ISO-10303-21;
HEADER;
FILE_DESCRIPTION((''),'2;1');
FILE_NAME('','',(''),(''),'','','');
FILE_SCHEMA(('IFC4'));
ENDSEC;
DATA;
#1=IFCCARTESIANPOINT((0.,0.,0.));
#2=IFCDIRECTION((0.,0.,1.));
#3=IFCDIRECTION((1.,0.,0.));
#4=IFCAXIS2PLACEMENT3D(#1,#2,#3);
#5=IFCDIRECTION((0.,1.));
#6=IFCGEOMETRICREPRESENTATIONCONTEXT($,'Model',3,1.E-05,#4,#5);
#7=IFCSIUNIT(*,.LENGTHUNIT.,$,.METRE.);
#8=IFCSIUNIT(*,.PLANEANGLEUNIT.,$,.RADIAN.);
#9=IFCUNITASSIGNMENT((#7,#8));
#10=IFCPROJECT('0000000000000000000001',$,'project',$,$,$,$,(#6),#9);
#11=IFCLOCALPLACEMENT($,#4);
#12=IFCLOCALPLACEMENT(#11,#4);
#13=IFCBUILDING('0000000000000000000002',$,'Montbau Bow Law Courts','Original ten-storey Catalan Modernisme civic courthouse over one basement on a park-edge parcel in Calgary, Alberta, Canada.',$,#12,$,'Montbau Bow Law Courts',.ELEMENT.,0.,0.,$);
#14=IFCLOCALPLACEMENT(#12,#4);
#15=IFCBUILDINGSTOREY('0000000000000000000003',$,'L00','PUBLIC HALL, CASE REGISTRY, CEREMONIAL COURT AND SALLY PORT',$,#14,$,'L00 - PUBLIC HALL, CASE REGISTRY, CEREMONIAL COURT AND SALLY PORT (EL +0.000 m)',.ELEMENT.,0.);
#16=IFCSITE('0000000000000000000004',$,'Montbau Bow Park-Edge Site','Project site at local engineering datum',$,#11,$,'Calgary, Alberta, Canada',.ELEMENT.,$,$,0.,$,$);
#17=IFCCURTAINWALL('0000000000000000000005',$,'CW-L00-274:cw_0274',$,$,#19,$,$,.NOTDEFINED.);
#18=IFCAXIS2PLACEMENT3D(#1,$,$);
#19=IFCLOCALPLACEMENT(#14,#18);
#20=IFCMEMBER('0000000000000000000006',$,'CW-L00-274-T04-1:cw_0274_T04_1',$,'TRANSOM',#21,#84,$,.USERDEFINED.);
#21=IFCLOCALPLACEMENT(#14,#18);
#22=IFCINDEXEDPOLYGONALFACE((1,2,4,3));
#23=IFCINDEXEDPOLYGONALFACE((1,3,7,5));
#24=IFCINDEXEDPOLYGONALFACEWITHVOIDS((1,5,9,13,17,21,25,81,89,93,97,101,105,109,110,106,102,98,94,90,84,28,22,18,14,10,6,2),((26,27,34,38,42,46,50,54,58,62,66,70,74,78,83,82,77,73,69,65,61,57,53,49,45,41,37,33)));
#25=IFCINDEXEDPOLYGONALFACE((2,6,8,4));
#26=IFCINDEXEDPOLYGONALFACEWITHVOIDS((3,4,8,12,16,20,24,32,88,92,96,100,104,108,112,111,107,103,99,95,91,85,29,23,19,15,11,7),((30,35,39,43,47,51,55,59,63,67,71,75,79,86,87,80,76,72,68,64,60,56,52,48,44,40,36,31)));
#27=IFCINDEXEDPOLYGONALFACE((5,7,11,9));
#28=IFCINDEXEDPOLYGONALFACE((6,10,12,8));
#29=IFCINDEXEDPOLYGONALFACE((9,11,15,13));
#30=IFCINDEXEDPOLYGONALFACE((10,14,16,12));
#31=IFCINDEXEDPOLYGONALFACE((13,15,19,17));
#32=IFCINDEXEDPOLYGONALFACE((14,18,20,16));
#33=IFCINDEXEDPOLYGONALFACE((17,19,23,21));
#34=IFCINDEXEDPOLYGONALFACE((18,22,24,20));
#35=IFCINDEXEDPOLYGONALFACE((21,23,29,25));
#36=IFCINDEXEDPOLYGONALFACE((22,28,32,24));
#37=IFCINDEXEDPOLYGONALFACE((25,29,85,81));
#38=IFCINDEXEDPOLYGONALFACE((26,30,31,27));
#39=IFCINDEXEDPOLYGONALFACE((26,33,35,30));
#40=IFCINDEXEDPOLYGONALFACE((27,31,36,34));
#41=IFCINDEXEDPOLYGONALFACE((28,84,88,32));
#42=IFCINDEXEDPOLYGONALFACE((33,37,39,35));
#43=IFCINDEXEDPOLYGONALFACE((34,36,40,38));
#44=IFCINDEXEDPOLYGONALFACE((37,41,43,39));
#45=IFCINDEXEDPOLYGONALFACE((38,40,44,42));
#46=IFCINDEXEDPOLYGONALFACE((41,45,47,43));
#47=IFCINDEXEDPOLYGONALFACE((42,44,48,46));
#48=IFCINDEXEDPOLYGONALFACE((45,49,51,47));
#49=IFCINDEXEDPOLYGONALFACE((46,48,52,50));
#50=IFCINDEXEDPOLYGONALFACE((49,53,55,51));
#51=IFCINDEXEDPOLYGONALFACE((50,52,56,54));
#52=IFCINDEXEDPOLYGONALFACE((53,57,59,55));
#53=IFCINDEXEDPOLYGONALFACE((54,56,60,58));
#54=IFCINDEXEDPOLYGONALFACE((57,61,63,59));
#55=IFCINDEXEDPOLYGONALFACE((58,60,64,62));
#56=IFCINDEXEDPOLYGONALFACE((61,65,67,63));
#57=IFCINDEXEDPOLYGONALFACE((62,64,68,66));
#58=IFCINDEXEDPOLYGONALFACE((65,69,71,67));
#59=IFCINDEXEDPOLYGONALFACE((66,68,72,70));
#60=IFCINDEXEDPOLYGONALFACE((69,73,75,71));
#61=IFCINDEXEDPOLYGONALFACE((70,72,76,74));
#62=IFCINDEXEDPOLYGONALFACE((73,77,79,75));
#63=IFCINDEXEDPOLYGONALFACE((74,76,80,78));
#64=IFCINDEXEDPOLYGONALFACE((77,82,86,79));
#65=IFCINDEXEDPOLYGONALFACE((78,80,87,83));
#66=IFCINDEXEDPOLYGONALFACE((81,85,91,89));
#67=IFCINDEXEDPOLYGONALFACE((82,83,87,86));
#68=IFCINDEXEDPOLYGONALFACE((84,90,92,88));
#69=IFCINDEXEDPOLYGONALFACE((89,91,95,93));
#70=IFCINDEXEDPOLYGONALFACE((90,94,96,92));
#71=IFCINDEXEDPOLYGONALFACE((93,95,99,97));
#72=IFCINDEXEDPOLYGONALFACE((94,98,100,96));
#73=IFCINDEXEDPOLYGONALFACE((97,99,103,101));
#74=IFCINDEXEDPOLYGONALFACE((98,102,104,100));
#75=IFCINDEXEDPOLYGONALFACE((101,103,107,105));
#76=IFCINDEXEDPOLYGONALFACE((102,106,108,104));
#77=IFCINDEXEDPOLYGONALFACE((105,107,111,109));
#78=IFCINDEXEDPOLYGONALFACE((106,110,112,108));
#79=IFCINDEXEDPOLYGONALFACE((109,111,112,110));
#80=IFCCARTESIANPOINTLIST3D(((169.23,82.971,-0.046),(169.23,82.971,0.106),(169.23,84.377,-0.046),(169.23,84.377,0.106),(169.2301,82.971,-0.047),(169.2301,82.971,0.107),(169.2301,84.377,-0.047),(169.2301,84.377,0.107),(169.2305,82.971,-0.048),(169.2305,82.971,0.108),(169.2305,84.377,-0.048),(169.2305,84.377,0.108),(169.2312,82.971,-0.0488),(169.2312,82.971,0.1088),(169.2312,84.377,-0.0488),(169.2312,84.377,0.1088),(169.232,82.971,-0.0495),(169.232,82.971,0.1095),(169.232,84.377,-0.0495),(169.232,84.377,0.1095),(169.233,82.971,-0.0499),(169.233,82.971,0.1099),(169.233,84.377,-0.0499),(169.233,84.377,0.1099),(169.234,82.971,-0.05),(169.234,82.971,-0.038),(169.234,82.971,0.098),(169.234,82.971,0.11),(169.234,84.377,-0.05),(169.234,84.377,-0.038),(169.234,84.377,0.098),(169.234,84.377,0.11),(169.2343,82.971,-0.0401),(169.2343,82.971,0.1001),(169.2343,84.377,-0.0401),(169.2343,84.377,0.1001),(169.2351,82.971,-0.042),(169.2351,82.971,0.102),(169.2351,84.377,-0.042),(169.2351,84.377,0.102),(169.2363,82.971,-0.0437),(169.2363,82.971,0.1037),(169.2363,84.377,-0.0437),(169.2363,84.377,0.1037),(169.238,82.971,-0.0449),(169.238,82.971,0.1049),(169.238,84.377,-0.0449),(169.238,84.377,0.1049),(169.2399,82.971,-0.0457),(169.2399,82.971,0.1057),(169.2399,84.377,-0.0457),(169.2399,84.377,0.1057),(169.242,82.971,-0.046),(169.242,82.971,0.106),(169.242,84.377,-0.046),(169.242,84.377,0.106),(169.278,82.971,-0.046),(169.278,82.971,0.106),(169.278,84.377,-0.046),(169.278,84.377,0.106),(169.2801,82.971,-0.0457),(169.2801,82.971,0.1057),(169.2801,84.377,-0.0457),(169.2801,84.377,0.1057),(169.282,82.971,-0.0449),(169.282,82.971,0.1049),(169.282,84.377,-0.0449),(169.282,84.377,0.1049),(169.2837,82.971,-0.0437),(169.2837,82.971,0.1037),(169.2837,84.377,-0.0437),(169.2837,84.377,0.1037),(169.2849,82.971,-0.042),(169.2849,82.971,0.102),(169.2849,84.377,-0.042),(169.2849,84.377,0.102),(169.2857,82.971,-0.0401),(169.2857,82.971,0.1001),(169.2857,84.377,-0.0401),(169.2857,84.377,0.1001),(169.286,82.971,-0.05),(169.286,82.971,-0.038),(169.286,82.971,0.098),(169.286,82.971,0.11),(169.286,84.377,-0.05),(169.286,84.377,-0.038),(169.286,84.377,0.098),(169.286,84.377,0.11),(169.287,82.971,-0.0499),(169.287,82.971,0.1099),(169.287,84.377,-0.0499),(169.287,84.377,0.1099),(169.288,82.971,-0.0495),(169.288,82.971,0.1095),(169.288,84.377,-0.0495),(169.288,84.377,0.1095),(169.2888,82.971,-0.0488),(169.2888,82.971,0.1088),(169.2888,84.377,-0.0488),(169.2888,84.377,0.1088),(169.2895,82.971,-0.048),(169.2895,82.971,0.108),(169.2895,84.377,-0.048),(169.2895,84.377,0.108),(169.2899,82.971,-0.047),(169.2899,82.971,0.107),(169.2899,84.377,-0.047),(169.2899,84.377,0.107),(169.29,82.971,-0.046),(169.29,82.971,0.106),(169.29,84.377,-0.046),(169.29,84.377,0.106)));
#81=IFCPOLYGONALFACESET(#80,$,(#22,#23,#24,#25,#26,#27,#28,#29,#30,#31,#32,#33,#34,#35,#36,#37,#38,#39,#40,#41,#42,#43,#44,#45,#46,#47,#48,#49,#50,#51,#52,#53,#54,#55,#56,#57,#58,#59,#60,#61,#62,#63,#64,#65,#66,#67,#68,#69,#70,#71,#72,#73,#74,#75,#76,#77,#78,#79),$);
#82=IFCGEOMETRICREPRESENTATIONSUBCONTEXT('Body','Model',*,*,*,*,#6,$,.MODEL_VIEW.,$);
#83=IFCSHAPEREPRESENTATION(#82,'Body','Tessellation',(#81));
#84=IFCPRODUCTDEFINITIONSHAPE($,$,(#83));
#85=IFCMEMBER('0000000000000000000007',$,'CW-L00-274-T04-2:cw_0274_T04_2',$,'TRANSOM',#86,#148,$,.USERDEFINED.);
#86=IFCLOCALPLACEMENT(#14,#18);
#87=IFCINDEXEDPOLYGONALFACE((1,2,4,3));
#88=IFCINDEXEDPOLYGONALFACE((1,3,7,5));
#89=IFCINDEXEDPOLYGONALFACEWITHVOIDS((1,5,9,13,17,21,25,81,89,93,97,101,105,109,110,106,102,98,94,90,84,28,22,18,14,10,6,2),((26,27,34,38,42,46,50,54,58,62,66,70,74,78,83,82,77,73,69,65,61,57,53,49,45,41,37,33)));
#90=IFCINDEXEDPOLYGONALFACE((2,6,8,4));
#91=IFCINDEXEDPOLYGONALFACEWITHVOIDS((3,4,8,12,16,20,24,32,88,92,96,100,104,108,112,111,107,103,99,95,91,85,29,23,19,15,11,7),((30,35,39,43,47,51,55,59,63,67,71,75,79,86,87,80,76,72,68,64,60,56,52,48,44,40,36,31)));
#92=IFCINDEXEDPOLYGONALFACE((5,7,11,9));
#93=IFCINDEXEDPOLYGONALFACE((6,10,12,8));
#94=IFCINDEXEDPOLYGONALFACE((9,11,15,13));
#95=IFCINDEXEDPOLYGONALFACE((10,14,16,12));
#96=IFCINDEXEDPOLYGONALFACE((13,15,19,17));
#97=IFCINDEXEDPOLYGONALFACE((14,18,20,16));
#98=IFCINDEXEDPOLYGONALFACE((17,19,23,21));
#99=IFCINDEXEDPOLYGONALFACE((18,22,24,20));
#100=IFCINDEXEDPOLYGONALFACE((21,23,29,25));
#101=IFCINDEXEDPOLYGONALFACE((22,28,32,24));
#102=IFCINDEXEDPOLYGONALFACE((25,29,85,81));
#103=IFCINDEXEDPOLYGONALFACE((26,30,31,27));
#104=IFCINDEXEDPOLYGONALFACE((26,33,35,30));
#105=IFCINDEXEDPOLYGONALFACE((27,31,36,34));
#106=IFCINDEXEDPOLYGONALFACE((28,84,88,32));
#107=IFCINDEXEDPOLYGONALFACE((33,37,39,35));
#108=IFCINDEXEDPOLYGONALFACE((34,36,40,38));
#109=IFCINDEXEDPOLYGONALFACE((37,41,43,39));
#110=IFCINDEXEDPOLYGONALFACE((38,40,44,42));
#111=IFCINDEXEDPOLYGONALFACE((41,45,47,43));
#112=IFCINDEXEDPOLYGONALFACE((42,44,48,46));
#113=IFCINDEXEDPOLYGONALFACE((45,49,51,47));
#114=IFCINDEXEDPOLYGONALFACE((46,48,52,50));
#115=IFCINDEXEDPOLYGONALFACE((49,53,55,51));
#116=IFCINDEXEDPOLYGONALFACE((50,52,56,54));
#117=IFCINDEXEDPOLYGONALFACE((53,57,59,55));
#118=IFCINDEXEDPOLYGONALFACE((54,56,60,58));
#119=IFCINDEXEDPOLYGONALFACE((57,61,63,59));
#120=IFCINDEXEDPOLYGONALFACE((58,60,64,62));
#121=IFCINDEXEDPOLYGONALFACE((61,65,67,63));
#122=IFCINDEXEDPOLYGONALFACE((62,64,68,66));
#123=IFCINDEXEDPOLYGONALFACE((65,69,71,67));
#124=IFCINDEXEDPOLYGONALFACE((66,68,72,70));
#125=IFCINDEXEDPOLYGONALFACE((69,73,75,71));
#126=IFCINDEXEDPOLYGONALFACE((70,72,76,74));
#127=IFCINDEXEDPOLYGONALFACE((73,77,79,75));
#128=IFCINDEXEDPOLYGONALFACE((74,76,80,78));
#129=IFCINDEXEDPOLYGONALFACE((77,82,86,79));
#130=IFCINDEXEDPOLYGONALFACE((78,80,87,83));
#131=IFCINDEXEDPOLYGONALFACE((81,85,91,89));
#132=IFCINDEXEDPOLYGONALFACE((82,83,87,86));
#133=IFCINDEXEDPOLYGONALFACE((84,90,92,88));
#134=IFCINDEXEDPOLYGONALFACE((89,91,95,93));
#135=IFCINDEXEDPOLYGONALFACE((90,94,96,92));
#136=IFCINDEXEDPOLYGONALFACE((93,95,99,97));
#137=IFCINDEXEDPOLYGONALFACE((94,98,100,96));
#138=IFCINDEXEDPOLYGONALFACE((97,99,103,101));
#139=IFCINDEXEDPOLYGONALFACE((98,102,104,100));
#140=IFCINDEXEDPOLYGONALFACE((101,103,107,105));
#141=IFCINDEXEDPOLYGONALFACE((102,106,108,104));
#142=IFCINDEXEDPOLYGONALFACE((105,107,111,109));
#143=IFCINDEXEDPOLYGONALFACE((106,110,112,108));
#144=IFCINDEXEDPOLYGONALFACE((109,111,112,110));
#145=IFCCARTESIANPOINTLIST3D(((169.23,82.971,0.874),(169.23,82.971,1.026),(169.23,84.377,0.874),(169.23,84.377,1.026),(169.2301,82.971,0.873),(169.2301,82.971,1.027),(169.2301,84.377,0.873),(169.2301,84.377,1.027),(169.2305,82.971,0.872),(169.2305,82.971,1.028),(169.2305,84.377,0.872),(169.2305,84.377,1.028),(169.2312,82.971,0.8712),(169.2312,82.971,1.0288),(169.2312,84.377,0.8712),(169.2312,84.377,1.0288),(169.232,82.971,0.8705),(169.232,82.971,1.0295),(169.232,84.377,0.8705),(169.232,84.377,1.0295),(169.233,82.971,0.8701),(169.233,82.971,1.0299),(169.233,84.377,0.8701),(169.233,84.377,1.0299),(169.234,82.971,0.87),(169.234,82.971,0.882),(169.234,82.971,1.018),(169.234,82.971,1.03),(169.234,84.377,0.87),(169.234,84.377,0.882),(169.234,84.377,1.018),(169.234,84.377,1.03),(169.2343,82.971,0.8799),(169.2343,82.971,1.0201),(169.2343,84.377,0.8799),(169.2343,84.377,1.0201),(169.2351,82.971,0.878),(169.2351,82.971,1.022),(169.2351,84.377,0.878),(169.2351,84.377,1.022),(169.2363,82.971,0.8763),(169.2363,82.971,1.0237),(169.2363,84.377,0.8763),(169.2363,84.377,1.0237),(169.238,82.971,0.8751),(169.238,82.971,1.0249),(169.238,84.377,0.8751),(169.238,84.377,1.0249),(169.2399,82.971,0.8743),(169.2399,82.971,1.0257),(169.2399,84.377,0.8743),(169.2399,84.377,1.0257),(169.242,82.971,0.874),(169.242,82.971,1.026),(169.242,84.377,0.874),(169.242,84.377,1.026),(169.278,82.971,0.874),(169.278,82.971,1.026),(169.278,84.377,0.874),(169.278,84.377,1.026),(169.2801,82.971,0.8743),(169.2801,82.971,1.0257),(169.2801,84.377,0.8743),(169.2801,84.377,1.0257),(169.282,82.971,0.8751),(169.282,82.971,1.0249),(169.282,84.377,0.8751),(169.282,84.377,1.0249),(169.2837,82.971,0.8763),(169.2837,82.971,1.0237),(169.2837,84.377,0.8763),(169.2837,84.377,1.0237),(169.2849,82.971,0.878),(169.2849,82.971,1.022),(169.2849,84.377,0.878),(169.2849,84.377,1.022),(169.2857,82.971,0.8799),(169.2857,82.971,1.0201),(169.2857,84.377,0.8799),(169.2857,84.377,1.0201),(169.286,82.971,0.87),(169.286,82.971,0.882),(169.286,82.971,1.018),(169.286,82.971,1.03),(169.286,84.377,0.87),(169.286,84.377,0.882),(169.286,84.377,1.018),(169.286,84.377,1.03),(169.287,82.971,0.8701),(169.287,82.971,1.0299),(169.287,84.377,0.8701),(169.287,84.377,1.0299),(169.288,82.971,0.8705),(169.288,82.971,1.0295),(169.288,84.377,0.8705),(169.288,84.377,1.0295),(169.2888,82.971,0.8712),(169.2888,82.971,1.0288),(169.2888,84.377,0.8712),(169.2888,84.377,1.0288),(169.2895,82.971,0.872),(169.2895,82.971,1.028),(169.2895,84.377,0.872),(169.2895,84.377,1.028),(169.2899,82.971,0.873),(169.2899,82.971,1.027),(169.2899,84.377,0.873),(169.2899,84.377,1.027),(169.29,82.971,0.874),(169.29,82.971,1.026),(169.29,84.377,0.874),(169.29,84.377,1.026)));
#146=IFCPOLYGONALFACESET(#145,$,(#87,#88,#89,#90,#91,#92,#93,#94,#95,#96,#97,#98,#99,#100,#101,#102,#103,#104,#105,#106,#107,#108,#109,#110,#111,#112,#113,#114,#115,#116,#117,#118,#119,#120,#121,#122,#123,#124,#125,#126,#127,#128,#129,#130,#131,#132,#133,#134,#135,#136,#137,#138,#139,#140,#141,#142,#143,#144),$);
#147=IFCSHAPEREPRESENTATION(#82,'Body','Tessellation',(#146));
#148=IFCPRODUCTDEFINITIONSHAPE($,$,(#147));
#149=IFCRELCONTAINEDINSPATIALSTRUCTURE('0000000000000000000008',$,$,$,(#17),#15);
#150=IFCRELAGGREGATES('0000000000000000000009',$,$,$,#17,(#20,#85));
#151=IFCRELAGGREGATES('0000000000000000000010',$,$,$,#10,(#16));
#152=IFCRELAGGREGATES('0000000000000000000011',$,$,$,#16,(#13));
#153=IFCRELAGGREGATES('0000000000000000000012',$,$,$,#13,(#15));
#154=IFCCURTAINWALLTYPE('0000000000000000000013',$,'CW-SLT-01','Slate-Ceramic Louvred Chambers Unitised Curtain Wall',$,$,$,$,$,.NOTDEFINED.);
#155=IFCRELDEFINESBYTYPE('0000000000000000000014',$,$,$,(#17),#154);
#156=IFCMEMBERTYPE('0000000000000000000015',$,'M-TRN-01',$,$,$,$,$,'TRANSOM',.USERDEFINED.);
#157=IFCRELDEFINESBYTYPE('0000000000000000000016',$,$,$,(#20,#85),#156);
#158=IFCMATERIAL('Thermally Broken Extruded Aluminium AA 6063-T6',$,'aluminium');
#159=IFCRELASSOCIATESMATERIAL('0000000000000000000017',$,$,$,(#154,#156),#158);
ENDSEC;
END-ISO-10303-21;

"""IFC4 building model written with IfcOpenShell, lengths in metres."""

from ifc_helpers import new_model, si_unit, direction, frame, origin_with_axes, origin_2d_with_axis, place, context, subcontext, project, spatial, hollow_rectangle, extrude, material, material_profile, profile_set, type_object, element, aggregate, save


model = new_model("IFC4")

# Units and contexts
model_context = context("Model", 3, precision=1e-05, world=origin_with_axes(), true_north=direction((0.0, 1.0)))
body_context = subcontext(model_context, "Body", "Model", "MODEL_VIEW")
ifc_project = project(units=[si_unit("LENGTHUNIT", "METRE"), si_unit("PLANEANGLEUNIT", "RADIAN")], contexts=[model_context])

# Site, building, storey
site_placement = place(None, origin_with_axes())
site = spatial("IfcSite", under=ifc_project, at=site_placement, Name="Montbau Bow Park-Edge Site", Description="Project site at local engineering datum", LongName="Calgary, Alberta, Canada", CompositionType="ELEMENT", RefElevation=0.0)
building_placement = place(site_placement, origin_with_axes())
building = spatial("IfcBuilding", under=site, at=building_placement, Name="Montbau Bow Law Courts", Description="Original ten-storey Catalan Modernisme civic courthouse over one basement on a park-edge parcel in Calgary, Alberta, Canada.", LongName="Montbau Bow Law Courts", CompositionType="ELEMENT", ElevationOfRefHeight=0.0, ElevationOfTerrain=0.0)
storey_placement = place(building_placement, origin_with_axes())
storey = spatial("IfcBuildingStorey", under=building, at=storey_placement, Name="L00", Description="PUBLIC HALL, CASE REGISTRY, CEREMONIAL COURT AND SALLY PORT", LongName="L00 - PUBLIC HALL, CASE REGISTRY, CEREMONIAL COURT AND SALLY PORT (EL +0.000 m)", CompositionType="ELEMENT", Elevation=0.0)

# Curtain wall, members
ifc_material_1 = material(Name="Thermally Broken Extruded Aluminium AA 6063-T6", Category="aluminium")
curtain_wall_type = type_object("IfcCurtainWallType", Name="CW-SLT-01", Description="Slate-Ceramic Louvred Chambers Unitised Curtain Wall", PredefinedType="NOTDEFINED", material=ifc_material_1)
curtain_wall_placement = place(None, frame((169.26, 78.515, 0.0), z_axis=(0.0, 0.0, 1.0), x_axis=(1.0, 0.0, 0.0)))
curtain_wall = element("IfcCurtainWall", 1, at=curtain_wall_placement, inside=storey, type_object=curtain_wall_type, Name="CW-L00-274:cw_0274", PredefinedType="NOTDEFINED")
ifc_material_profile_1 = material_profile(ifc_material_1, hollow_rectangle(XDim=0.06, YDim=0.16, WallThickness=0.004, InnerFilletRadius=0.008, OuterFilletRadius=0.004, at=origin_2d_with_axis()), Name="CWT-160X60", Category="Main", Priority=0)
ifc_profile_set_1 = profile_set([ifc_material_profile_1], Name="Thermally Broken Extruded Aluminium AA 6063-T6")
member_type_1 = type_object("IfcMemberType", Name="M-TRN-01", ElementType="TRANSOM", PredefinedType="USERDEFINED", material=ifc_profile_set_1)
member_1_placement = place(None, frame((169.26, 82.971, 0.03), z_axis=(0.0, 1.0, 0.0), x_axis=(-1.0, 0.0, 0.0)))
member_1 = element("IfcMember", 2, at=member_1_placement, type_object=member_type_1, Name="CW-L00-274-T04-1:cw_0274_T04_1", ObjectType="TRANSOM", PredefinedType="USERDEFINED", context=body_context, shape_type="SweptSolid", body=[
    extrude(hollow_rectangle(XDim=0.06, YDim=0.16, WallThickness=0.004, InnerFilletRadius=0.008, OuterFilletRadius=0.004, at=origin_2d_with_axis()), origin_with_axes(), (0.0, 0.0, 1.0), 1.406),
])
member_2_placement = place(None, frame((169.26, 82.971, 0.95), z_axis=(0.0, 1.0, 0.0), x_axis=(-1.0, 0.0, 0.0)))
member_2 = element("IfcMember", 3, at=member_2_placement, type_object=member_type_1, Name="CW-L00-274-T04-2:cw_0274_T04_2", ObjectType="TRANSOM", PredefinedType="USERDEFINED", context=body_context, shape_type="SweptSolid", body=[
    extrude(hollow_rectangle(XDim=0.06, YDim=0.16, WallThickness=0.004, InnerFilletRadius=0.008, OuterFilletRadius=0.004, at=origin_2d_with_axis()), origin_with_axes(), (0.0, 0.0, 1.0), 1.406),
])
aggregate(curtain_wall, [member_1, member_2])

save(model, "model.ifc")
